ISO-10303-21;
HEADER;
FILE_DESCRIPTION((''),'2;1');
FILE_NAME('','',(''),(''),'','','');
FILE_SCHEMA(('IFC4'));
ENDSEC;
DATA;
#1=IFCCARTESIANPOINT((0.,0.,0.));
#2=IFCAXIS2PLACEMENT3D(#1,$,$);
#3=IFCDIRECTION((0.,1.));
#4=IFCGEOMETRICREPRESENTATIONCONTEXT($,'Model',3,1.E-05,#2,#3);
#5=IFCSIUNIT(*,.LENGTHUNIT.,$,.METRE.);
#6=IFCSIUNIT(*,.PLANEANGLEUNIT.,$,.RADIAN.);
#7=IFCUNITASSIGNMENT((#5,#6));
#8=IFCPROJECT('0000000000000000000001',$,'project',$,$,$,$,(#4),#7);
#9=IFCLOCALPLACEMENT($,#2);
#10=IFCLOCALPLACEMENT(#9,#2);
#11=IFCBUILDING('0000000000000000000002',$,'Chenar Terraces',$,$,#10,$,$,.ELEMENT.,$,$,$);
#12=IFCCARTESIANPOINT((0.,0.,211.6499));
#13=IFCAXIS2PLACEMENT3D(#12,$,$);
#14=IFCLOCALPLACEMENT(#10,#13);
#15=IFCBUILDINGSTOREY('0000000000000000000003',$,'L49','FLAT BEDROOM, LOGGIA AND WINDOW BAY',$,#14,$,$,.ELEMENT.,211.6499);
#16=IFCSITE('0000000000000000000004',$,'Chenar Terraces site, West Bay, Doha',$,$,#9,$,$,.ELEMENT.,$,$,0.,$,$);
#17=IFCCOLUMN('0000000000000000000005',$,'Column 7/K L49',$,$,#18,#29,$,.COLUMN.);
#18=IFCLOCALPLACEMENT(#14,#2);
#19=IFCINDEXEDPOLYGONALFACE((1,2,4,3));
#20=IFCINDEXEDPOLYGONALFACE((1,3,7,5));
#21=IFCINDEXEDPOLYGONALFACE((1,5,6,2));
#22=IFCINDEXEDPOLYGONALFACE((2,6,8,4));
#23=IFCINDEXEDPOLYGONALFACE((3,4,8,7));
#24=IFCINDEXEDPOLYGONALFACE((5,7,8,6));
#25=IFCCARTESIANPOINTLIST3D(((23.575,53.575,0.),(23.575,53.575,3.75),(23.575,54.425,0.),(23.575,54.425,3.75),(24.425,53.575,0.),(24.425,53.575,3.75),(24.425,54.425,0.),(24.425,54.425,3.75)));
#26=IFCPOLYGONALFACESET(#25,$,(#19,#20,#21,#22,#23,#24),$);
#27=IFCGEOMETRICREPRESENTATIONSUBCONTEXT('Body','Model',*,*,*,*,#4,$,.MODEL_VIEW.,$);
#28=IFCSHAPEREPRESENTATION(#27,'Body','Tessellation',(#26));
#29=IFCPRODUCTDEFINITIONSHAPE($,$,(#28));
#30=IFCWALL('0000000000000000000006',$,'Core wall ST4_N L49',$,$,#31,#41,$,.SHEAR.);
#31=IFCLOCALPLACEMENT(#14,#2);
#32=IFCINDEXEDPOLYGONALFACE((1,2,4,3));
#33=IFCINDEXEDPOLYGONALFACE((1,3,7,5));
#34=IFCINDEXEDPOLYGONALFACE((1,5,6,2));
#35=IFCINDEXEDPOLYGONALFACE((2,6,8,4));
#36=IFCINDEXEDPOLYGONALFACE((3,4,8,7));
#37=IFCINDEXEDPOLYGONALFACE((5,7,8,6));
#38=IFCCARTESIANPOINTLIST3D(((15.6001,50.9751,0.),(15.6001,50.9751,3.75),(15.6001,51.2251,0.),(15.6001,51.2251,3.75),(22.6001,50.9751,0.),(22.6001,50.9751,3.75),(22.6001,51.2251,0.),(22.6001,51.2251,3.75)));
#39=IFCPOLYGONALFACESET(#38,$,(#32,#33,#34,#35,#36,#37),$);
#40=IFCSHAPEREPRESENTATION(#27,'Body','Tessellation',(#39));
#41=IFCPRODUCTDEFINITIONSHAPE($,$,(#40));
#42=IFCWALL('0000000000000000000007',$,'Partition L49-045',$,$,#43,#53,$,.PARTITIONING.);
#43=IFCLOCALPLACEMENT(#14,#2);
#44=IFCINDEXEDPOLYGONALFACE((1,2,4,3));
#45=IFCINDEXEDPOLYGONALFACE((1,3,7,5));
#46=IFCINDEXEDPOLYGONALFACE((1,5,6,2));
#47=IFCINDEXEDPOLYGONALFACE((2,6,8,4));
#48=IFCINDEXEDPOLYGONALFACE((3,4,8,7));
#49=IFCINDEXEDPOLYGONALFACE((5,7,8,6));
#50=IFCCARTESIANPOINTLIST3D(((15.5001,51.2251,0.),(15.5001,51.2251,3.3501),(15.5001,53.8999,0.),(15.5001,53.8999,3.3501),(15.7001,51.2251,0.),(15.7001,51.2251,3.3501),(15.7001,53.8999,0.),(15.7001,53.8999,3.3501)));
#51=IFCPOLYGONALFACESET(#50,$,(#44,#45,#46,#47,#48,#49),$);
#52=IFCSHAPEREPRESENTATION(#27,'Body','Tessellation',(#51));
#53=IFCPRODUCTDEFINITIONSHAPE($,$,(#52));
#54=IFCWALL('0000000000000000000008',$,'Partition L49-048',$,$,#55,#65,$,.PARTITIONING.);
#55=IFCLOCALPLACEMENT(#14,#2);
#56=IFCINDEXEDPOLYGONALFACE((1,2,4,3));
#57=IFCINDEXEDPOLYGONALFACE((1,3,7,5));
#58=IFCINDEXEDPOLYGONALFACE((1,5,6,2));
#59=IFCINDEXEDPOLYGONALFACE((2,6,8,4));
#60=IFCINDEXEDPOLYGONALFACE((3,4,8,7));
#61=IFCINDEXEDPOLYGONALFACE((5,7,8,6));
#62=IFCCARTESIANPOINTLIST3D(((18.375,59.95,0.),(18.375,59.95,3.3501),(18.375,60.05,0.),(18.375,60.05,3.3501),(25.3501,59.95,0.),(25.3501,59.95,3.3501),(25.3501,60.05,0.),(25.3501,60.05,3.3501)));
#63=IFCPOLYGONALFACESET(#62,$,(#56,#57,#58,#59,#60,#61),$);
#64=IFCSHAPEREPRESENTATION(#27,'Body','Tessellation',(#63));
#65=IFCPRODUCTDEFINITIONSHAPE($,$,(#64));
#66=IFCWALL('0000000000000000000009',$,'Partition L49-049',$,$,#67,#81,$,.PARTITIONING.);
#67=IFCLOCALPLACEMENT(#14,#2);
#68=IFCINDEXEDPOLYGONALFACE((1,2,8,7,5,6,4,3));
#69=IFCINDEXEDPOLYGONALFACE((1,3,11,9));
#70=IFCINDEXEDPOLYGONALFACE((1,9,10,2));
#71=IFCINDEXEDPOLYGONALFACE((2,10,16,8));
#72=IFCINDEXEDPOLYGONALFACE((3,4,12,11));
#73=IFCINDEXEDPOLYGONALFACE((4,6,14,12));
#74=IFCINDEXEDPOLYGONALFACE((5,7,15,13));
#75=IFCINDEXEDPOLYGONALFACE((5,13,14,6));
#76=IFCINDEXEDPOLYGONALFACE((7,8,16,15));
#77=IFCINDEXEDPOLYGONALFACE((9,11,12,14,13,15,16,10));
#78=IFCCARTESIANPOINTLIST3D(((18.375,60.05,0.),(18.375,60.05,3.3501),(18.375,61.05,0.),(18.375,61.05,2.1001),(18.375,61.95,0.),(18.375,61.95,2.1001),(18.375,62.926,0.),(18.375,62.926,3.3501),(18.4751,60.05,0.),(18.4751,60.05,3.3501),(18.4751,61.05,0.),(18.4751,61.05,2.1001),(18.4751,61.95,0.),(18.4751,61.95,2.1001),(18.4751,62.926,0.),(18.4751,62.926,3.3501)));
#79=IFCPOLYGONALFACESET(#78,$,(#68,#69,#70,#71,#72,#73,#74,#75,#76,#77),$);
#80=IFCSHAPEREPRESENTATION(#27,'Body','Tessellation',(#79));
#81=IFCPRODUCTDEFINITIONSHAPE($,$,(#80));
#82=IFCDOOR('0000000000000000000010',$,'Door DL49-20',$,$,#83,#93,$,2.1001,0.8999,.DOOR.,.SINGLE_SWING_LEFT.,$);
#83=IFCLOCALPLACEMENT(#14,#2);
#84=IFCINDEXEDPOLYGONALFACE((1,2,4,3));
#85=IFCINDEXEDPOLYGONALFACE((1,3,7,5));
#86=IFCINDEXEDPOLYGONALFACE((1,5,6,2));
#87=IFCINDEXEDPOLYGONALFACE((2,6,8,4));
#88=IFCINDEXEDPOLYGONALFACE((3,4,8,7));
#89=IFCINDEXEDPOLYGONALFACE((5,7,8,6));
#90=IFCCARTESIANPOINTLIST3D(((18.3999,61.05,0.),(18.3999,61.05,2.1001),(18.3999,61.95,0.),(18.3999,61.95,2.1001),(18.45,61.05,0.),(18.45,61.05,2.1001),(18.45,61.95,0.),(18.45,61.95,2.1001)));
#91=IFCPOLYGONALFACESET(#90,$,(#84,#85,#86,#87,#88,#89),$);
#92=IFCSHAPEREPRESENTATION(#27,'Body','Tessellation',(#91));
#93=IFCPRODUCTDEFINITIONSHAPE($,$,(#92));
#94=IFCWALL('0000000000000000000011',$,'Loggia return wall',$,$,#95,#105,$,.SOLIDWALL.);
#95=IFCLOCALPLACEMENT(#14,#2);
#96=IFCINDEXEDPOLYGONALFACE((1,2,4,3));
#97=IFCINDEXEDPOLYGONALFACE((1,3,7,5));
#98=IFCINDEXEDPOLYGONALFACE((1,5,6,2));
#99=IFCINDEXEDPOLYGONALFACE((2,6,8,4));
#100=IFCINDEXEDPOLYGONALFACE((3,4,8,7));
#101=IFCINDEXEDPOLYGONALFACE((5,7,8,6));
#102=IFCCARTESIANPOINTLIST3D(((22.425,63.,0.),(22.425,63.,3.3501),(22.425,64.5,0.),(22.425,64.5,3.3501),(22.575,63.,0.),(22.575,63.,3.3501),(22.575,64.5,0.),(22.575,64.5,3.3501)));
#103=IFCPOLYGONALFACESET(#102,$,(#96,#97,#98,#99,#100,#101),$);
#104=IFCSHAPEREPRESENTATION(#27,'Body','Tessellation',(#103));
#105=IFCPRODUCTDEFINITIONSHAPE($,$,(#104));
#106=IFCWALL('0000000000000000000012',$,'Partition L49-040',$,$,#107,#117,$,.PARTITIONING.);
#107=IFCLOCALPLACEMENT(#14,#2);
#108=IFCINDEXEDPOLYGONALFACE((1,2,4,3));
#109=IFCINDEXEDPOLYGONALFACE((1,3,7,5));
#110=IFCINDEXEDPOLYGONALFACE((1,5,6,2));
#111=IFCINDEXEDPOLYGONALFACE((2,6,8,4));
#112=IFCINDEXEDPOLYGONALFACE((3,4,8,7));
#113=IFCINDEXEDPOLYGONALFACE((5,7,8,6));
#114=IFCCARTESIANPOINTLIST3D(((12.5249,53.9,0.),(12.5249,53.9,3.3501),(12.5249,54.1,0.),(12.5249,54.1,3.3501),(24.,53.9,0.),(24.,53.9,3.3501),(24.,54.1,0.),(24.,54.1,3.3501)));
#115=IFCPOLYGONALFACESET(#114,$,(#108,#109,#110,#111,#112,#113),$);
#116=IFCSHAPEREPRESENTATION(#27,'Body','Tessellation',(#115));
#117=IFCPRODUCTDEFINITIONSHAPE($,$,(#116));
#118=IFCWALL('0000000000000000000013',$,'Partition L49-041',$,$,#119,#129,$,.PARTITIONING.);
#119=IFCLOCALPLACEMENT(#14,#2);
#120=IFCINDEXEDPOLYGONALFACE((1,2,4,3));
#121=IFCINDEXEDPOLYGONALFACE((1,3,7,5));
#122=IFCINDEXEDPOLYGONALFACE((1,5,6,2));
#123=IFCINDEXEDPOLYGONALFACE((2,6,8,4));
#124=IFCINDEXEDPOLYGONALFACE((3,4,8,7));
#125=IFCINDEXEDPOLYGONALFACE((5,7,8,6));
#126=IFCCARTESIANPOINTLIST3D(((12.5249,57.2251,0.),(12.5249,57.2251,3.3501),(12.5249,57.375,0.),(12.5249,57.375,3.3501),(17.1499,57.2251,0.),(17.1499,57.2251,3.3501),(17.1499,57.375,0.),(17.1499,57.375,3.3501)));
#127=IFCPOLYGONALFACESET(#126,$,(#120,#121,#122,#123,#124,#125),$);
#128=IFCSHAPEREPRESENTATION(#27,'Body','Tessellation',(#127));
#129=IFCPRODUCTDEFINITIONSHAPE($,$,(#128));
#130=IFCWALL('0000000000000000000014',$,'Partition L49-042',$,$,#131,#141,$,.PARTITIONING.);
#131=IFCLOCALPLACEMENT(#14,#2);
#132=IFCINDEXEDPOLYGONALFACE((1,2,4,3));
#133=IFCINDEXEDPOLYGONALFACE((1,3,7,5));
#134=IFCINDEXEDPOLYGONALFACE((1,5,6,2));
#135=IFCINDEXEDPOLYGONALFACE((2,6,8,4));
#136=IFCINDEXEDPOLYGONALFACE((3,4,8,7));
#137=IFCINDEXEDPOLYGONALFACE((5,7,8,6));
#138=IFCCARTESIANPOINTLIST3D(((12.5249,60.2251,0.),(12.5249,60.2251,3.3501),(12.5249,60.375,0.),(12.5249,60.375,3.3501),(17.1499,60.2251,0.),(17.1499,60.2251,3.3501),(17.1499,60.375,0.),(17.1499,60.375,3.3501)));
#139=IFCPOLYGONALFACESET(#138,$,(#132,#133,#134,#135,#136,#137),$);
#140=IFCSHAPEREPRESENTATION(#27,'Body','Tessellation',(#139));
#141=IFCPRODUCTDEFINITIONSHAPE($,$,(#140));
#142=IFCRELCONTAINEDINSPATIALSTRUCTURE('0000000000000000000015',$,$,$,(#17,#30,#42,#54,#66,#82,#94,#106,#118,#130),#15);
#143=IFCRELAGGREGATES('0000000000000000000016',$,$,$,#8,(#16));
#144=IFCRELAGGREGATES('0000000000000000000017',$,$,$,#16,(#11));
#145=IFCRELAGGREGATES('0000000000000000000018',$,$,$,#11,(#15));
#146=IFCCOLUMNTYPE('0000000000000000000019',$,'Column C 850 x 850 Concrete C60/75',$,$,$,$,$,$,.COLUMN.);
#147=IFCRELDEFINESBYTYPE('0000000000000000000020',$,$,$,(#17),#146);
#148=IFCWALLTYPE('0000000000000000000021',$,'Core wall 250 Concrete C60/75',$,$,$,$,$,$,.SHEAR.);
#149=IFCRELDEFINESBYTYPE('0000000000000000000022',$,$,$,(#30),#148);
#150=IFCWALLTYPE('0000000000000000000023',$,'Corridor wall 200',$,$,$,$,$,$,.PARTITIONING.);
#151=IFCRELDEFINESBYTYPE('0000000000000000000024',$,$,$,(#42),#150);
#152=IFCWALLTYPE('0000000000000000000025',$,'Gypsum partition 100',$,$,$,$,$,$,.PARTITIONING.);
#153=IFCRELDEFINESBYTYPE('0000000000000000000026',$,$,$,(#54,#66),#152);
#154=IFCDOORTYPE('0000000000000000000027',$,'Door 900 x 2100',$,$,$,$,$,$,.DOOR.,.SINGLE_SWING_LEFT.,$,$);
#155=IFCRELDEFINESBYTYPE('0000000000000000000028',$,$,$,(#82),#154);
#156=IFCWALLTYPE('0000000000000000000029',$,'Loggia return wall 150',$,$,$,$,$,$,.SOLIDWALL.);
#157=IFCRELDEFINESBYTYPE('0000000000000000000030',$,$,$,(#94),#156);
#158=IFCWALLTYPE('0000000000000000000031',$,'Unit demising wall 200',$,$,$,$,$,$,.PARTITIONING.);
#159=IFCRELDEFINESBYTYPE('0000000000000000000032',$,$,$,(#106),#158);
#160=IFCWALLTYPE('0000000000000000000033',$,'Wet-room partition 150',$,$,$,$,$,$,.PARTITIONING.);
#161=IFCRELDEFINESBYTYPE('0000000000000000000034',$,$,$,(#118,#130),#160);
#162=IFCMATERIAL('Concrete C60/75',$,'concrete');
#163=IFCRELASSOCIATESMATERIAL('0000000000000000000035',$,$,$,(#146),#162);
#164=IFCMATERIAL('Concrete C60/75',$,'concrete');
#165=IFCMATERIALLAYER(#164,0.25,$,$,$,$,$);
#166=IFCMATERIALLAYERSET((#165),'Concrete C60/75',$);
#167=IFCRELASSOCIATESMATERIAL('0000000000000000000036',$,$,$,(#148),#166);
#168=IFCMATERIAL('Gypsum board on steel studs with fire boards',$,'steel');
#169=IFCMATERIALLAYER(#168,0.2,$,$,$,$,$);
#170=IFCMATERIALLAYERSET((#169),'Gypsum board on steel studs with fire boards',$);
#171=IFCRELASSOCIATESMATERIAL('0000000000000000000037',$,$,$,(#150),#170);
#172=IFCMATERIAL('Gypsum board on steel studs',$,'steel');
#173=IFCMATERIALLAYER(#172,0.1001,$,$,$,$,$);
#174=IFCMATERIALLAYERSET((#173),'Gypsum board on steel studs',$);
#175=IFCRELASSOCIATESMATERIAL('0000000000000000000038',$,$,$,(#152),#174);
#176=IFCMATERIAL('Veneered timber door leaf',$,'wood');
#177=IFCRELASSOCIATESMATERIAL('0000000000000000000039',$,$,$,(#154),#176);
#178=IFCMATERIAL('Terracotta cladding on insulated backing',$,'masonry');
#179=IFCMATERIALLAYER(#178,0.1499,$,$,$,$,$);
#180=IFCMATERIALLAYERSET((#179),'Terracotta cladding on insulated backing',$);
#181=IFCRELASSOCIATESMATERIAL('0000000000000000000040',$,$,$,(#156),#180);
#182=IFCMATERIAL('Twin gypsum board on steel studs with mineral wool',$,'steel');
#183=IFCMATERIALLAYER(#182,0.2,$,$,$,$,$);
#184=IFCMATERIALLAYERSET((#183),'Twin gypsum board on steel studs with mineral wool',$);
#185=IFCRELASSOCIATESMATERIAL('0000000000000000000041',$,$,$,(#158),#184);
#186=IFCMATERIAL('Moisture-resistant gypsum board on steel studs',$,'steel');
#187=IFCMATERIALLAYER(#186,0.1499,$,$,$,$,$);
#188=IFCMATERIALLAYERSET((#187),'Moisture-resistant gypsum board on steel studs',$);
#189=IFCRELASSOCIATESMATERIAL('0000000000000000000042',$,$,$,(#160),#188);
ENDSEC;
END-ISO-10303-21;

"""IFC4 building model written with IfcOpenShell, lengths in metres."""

from ifc_helpers import new_model, si_unit, direction, frame, frame_2d, origin, origin_2d, place, context, subcontext, project, spatial, rectangle, extrude, material, layer, layer_set, material_profile, profile_set, type_object, element, fill, save


model = new_model("IFC4")

# Units and contexts
model_context = context("Model", 3, precision=1e-05, world=origin(), true_north=direction((0.0, 1.0)))
body_context = subcontext(model_context, "Body", "Model", "MODEL_VIEW")
ifc_project = project(units=[si_unit("LENGTHUNIT", "METRE"), si_unit("PLANEANGLEUNIT", "RADIAN")], contexts=[model_context])

# Site, building, storey
site_placement = place(None, origin())
site = spatial("IfcSite", under=ifc_project, at=site_placement, Name="Chenar Terraces site, West Bay, Doha", CompositionType="ELEMENT", RefElevation=0.0)
building_placement = place(site_placement, origin())
building = spatial("IfcBuilding", under=site, at=building_placement, Name="Chenar Terraces", CompositionType="ELEMENT")
storey_placement = place(building_placement, frame((0.0, 0.0, 211.6499)))
storey = spatial("IfcBuildingStorey", under=building, at=storey_placement, Name="L49", Description="FLAT BEDROOM, LOGGIA AND WINDOW BAY", CompositionType="ELEMENT", Elevation=211.6499)

# Column
ifc_material_1 = material(Name="Concrete C60/75", Category="concrete")
ifc_material_profile_1 = material_profile(ifc_material_1, rectangle(XDim=0.8501, YDim=0.8501, at=origin_2d()), Name="C 850 x 850")
ifc_profile_set_1 = profile_set([ifc_material_profile_1], Name="Concrete C60/75")
column_type = type_object("IfcColumnType", Name="Column C 850 x 850 Concrete C60/75", PredefinedType="COLUMN", material=ifc_profile_set_1)
column_placement = place(storey_placement, frame((24.0, 54.0, 0.0), z_axis=(0.0, 0.0, 1.0), x_axis=(1.0, 0.0, 0.0)))
element("IfcColumn", 1, at=column_placement, inside=storey, type_object=column_type, Name="Column 7/K L49", PredefinedType="COLUMN", context=body_context, shape_type="SweptSolid", body=[
    extrude(rectangle(XDim=0.8501, YDim=0.8501, at=origin_2d()), origin(), (0.0, 0.0, 1.0), 3.75),
])

# Walls
ifc_material_2 = material(Name="Concrete C60/75", Category="concrete")
ifc_layer_1 = layer(ifc_material_2, 0.25)
ifc_layer_set_1 = layer_set([ifc_layer_1], Name="Concrete C60/75")
wall_type_1 = type_object("IfcWallType", Name="Core wall 250 Concrete C60/75", PredefinedType="SHEAR", material=ifc_layer_set_1)
wall_1_placement = place(storey_placement, frame((15.6001, 51.1001, 0.0), z_axis=(0.0, 0.0, 1.0), x_axis=(1.0, 0.0, 0.0)))
element("IfcWall", 2, at=wall_1_placement, inside=storey, type_object=wall_type_1, Name="Core wall ST4_N L49", PredefinedType="SHEAR", context=body_context, shape_type="SweptSolid", body=[
    extrude(rectangle(XDim=7.0, YDim=0.25, at=frame_2d((3.5, 0.0))), origin(), (0.0, 0.0, 1.0), 3.75),
])
ifc_material_3 = material(Name="Gypsum board on steel studs with fire boards", Category="steel")
ifc_layer_2 = layer(ifc_material_3, 0.2)
ifc_layer_set_2 = layer_set([ifc_layer_2], Name="Gypsum board on steel studs with fire boards")
wall_type_2 = type_object("IfcWallType", Name="Corridor wall 200", PredefinedType="PARTITIONING", material=ifc_layer_set_2)
wall_2_placement = place(storey_placement, frame((15.6001, 51.2251, 0.0), z_axis=(0.0, 0.0, 1.0), x_axis=(0.0, 1.0, 0.0)))
element("IfcWall", 3, at=wall_2_placement, inside=storey, type_object=wall_type_2, Name="Partition L49-045", PredefinedType="PARTITIONING", context=body_context, shape_type="SweptSolid", body=[
    extrude(rectangle(XDim=2.6748, YDim=0.2, at=frame_2d((1.3374, 0.0))), origin(), (0.0, 0.0, 1.0), 3.3501),
])

# Wall
ifc_material_4 = material(Name="Gypsum board on steel studs", Category="steel")
ifc_layer_3 = layer(ifc_material_4, 0.1001)
ifc_layer_set_3 = layer_set([ifc_layer_3], Name="Gypsum board on steel studs")
wall_type_3 = type_object("IfcWallType", Name="Gypsum partition 100", PredefinedType="PARTITIONING", material=ifc_layer_set_3)
wall_3_placement = place(storey_placement, frame((18.375, 60.0, 0.0), z_axis=(0.0, 0.0, 1.0), x_axis=(1.0, 0.0, 0.0)))
element("IfcWall", 4, at=wall_3_placement, inside=storey, type_object=wall_type_3, Name="Partition L49-048", PredefinedType="PARTITIONING", context=body_context, shape_type="SweptSolid", body=[
    extrude(rectangle(XDim=6.9751, YDim=0.1001, at=frame_2d((3.4875, 0.0))), origin(), (0.0, 0.0, 1.0), 3.3501),
])

# Wall, opening, door
wall_4_placement = place(storey_placement, frame((18.425, 60.05, 0.0), z_axis=(0.0, 0.0, 1.0), x_axis=(0.0, 1.0, 0.0)))
wall_4 = element("IfcWall", 5, at=wall_4_placement, inside=storey, type_object=wall_type_3, Name="Partition L49-049", PredefinedType="PARTITIONING", context=body_context, shape_type="SweptSolid", body=[
    extrude(rectangle(XDim=2.876, YDim=0.1001, at=frame_2d((1.438, 0.0))), origin(), (0.0, 0.0, 1.0), 3.3501),
])
opening_1_placement = place(wall_4_placement, frame((1.0, 0.0, 0.0)))
opening_1 = element("IfcOpeningElement", 6, at=opening_1_placement, cuts=wall_4, PredefinedType="OPENING", context=body_context, shape_type="SweptSolid", body=[
    extrude(rectangle(XDim=0.8999, YDim=2.1001, at=frame_2d((0.45, 1.05))), frame((0.0, 0.0601, 0.0), z_axis=(0.0, -1.0, 0.0), x_axis=(1.0, 0.0, 0.0)), (0.0, 0.0, 1.0), 0.1201),
])
ifc_material_5 = material(Name="Veneered timber door leaf", Category="wood")
door_type_1 = type_object("IfcDoorType", Name="Door 900 x 2100", OperationType="SINGLE_SWING_LEFT", PredefinedType="DOOR", material=ifc_material_5)
door_1_placement = place(opening_1_placement, frame((0.8999, 0.0, 0.0), z_axis=(0.0, 0.0, 1.0), x_axis=(-1.0, 0.0, 0.0)))
door_1 = element("IfcDoor", 7, at=door_1_placement, inside=storey, type_object=door_type_1, Name="Door DL49-20", OperationType="SINGLE_SWING_LEFT", OverallHeight=2.1001, OverallWidth=0.8999, PredefinedType="DOOR", context=body_context, shape_type="SweptSolid", body=[
    extrude(rectangle(XDim=0.8999, YDim=2.1001, at=frame_2d((0.45, 1.05))), frame((0.0, 0.0249, 0.0), z_axis=(0.0, -1.0, 0.0), x_axis=(1.0, 0.0, 0.0)), (0.0, 0.0, 1.0), 0.05),
])
fill(opening_1, door_1)

# Walls
ifc_material_6 = material(Name="Terracotta cladding on insulated backing", Category="masonry")
ifc_layer_4 = layer(ifc_material_6, 0.1499)
ifc_layer_set_4 = layer_set([ifc_layer_4], Name="Terracotta cladding on insulated backing")
wall_type_4 = type_object("IfcWallType", Name="Loggia return wall 150", PredefinedType="SOLIDWALL", material=ifc_layer_set_4)
wall_5_placement = place(storey_placement, frame((22.5, 64.5, 0.0), z_axis=(0.0, 0.0, 1.0), x_axis=(0.0, -1.0, 0.0)))
element("IfcWall", 8, at=wall_5_placement, inside=storey, type_object=wall_type_4, Name="Loggia return wall", PredefinedType="SOLIDWALL", context=body_context, shape_type="SweptSolid", body=[
    extrude(rectangle(XDim=1.5, YDim=0.1499, at=frame_2d((0.75, 0.0))), origin(), (0.0, 0.0, 1.0), 3.3501),
])
ifc_material_7 = material(Name="Twin gypsum board on steel studs with mineral wool", Category="steel")
ifc_layer_5 = layer(ifc_material_7, 0.2)
ifc_layer_set_5 = layer_set([ifc_layer_5], Name="Twin gypsum board on steel studs with mineral wool")
wall_type_5 = type_object("IfcWallType", Name="Unit demising wall 200", PredefinedType="PARTITIONING", material=ifc_layer_set_5)
wall_6_placement = place(storey_placement, frame((12.5249, 54.0, 0.0), z_axis=(0.0, 0.0, 1.0), x_axis=(1.0, 0.0, 0.0)))
element("IfcWall", 9, at=wall_6_placement, inside=storey, type_object=wall_type_5, Name="Partition L49-040", PredefinedType="PARTITIONING", context=body_context, shape_type="SweptSolid", body=[
    extrude(rectangle(XDim=11.4751, YDim=0.2, at=frame_2d((5.7375, 0.0))), origin(), (0.0, 0.0, 1.0), 3.3501),
])
ifc_material_8 = material(Name="Moisture-resistant gypsum board on steel studs", Category="steel")
ifc_layer_6 = layer(ifc_material_8, 0.1499)
ifc_layer_set_6 = layer_set([ifc_layer_6], Name="Moisture-resistant gypsum board on steel studs")
wall_type_6 = type_object("IfcWallType", Name="Wet-room partition 150", PredefinedType="PARTITIONING", material=ifc_layer_set_6)
for number, where, z_axis, x_axis, name in (
    (10, (12.5249, 57.3, 0.0), (0.0, 0.0, 1.0), (1.0, 0.0, 0.0), "Partition L49-041"),
    (11, (12.5249, 60.3, 0.0), (0.0, 0.0, 1.0), (1.0, 0.0, 0.0), "Partition L49-042"),
):
    element("IfcWall", number, at=place(storey_placement, frame(where, z_axis=z_axis, x_axis=x_axis)), inside=storey, type_object=wall_type_6, Name=name, PredefinedType="PARTITIONING", context=body_context, shape_type="SweptSolid", body=[
        extrude(rectangle(XDim=4.625, YDim=0.1499, at=frame_2d((2.3125, 0.0))), origin(), (0.0, 0.0, 1.0), 3.3501),
    ])

save(model, "model.ifc")
